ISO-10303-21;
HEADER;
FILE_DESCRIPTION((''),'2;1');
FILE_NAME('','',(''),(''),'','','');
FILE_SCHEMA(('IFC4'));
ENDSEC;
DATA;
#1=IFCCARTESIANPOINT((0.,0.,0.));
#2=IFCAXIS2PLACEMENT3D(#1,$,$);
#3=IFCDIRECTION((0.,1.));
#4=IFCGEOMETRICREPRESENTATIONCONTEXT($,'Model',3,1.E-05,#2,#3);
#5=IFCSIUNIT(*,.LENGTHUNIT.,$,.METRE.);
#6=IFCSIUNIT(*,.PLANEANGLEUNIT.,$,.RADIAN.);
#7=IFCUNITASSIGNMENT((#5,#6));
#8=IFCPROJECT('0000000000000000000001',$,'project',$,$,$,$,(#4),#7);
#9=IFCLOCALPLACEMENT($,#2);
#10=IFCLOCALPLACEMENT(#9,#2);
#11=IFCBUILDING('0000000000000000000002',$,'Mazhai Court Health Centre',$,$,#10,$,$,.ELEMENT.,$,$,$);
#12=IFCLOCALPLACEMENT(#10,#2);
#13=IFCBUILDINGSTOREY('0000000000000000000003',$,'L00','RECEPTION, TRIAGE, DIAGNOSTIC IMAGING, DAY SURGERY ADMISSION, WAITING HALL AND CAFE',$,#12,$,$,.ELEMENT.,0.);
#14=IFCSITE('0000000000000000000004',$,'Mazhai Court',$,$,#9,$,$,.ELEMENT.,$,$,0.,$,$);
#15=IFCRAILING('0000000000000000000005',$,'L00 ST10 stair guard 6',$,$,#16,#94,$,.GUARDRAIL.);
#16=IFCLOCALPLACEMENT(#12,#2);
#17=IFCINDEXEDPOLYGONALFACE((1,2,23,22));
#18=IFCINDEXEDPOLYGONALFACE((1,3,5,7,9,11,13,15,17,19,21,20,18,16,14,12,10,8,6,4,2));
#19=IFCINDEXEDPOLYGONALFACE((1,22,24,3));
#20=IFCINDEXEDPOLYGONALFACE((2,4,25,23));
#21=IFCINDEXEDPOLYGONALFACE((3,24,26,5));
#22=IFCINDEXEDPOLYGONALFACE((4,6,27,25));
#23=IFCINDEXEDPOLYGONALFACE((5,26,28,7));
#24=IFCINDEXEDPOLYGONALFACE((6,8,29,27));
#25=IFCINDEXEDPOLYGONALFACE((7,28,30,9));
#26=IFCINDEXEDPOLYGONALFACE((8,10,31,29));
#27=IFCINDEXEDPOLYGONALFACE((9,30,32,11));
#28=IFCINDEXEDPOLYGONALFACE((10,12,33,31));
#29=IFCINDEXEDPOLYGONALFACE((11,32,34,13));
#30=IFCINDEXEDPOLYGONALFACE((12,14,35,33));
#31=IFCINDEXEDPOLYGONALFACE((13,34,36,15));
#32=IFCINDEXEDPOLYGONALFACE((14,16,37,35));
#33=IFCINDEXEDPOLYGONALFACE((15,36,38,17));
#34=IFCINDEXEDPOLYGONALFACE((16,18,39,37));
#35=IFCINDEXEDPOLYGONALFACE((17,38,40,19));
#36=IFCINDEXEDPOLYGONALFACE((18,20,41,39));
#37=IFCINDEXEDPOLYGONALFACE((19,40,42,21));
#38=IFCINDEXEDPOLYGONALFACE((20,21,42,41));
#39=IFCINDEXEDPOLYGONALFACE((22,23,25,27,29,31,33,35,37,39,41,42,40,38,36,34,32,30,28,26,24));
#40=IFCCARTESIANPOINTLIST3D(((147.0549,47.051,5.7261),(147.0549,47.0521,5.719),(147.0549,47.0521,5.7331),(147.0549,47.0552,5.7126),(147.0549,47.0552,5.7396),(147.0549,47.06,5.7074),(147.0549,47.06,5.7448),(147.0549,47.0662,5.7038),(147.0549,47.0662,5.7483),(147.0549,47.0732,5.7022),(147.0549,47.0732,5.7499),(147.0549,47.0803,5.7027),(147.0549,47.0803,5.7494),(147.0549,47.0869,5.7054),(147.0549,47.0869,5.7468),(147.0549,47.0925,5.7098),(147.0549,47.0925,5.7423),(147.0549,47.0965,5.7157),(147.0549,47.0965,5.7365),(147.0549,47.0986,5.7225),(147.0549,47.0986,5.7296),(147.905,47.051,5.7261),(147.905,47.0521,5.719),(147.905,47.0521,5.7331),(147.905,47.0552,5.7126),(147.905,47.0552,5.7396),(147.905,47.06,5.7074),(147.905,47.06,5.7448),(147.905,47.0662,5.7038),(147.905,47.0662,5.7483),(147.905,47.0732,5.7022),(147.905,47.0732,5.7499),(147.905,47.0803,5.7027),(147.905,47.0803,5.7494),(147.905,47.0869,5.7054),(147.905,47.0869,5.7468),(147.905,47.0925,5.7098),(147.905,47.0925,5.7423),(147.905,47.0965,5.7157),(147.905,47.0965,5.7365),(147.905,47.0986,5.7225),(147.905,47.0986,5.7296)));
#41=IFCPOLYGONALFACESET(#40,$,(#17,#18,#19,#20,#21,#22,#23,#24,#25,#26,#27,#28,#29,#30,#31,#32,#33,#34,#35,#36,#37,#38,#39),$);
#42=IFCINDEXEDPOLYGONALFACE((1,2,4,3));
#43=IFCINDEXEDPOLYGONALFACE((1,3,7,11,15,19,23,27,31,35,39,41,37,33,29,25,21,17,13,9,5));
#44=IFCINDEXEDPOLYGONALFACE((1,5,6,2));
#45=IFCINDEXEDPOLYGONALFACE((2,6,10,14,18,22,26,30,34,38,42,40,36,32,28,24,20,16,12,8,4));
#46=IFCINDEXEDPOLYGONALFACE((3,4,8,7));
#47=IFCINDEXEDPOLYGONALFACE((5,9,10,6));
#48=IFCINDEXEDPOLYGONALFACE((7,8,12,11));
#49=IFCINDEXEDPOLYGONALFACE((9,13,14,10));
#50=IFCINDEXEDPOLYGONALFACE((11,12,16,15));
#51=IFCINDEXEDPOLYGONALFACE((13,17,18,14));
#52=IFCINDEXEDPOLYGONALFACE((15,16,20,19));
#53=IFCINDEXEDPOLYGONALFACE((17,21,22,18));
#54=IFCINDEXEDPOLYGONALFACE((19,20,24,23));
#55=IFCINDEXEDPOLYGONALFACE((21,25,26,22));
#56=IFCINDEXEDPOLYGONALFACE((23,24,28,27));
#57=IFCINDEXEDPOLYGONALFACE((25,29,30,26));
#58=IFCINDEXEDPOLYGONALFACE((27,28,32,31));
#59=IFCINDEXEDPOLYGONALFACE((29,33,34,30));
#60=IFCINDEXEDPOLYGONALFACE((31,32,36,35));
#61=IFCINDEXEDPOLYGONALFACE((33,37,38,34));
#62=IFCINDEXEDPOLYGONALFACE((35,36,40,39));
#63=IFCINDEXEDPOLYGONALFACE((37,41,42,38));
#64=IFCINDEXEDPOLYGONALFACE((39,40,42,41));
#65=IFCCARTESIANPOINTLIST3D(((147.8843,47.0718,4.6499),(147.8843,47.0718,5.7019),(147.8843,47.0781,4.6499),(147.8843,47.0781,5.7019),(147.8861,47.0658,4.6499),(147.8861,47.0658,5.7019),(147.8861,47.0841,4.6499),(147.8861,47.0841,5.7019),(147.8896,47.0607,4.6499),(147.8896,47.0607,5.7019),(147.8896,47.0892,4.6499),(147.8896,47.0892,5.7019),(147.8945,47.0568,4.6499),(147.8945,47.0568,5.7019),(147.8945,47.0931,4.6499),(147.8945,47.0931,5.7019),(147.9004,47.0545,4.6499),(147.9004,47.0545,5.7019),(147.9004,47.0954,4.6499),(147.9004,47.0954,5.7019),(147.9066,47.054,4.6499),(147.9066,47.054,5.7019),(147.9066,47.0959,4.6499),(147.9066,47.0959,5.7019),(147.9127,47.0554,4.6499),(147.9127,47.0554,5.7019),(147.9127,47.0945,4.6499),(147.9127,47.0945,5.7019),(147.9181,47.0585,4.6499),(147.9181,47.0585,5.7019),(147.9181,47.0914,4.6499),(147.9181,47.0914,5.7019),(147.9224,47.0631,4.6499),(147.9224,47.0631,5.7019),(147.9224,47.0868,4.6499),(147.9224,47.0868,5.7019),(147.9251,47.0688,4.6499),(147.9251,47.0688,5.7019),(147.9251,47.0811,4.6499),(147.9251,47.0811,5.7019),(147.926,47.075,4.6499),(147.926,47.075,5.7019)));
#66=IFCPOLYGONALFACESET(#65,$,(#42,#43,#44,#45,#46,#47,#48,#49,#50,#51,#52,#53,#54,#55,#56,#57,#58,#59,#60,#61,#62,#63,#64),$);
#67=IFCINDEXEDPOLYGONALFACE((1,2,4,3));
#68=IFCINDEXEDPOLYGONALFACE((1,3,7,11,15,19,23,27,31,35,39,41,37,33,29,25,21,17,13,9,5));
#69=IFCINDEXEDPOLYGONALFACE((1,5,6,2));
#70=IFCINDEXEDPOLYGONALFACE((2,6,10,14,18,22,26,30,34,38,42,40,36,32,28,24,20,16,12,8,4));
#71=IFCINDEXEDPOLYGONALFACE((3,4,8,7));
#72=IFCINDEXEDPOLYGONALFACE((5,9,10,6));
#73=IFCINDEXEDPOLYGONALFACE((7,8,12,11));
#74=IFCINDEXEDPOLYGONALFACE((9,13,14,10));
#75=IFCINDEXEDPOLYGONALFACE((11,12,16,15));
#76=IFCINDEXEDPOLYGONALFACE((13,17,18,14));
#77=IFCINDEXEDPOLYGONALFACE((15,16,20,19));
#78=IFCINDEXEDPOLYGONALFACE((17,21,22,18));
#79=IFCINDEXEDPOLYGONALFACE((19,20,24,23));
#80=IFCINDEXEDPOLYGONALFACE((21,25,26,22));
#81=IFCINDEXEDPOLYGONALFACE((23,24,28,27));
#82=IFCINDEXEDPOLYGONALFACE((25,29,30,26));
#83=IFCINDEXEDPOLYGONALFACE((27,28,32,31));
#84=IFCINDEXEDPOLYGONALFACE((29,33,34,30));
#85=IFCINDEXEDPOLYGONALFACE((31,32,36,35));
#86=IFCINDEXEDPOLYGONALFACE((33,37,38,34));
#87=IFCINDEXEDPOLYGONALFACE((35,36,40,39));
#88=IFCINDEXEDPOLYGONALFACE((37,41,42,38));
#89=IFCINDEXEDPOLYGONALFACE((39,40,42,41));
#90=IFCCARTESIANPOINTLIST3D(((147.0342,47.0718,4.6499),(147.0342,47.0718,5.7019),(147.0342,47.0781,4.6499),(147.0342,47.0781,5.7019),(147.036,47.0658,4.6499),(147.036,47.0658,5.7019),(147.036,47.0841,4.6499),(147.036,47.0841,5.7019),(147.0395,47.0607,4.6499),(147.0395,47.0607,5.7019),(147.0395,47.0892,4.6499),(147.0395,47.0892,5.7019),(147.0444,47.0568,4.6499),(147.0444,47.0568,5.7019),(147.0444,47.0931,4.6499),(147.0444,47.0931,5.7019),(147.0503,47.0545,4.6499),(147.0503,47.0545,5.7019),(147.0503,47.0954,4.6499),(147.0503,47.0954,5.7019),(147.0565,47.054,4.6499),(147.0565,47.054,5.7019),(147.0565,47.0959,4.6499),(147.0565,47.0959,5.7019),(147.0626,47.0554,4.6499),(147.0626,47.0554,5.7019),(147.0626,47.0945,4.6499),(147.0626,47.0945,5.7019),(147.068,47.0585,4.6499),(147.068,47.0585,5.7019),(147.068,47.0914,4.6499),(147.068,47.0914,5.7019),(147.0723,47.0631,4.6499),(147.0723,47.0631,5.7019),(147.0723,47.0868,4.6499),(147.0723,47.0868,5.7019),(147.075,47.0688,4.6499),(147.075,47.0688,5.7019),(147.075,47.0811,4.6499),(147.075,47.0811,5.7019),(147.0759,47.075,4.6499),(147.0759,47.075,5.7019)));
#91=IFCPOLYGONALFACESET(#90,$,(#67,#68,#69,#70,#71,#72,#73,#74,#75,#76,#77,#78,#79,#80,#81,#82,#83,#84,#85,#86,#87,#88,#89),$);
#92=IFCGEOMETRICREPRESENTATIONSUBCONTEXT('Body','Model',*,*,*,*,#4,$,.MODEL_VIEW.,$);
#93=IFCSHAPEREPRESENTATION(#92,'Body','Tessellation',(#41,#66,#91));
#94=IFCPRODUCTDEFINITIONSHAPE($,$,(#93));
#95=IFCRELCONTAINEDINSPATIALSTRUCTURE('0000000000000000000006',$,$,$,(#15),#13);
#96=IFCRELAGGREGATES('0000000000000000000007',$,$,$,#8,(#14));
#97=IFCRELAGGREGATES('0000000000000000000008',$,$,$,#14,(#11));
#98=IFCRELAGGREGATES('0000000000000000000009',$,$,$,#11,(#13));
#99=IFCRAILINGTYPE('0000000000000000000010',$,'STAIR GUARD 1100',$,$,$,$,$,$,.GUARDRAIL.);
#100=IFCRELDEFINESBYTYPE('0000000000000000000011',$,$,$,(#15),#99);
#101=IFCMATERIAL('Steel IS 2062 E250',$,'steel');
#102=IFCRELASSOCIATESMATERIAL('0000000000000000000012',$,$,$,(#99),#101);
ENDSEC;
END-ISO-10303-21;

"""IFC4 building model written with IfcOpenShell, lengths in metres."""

from ifc_helpers import new_model, si_unit, direction, frame, origin, origin_2d, place, context, subcontext, project, spatial, circle, extrude, material, type_object, element, save


model = new_model("IFC4")

# Units and contexts
model_context = context("Model", 3, precision=1e-05, world=origin(), true_north=direction((0.0, 1.0)))
body_context = subcontext(model_context, "Body", "Model", "MODEL_VIEW")
ifc_project = project(units=[si_unit("LENGTHUNIT", "METRE"), si_unit("PLANEANGLEUNIT", "RADIAN")], contexts=[model_context])

# Site, building, storey
site_placement = place(None, origin())
site = spatial("IfcSite", under=ifc_project, at=site_placement, Name="Mazhai Court", CompositionType="ELEMENT", RefElevation=0.0)
building_placement = place(site_placement, origin())
building = spatial("IfcBuilding", under=site, at=building_placement, Name="Mazhai Court Health Centre", CompositionType="ELEMENT")
storey_placement = place(building_placement, origin())
storey = spatial("IfcBuildingStorey", under=building, at=storey_placement, Name="L00", Description="RECEPTION, TRIAGE, DIAGNOSTIC IMAGING, DAY SURGERY ADMISSION, WAITING HALL AND CAFE", CompositionType="ELEMENT", Elevation=0.0)

# Railing
ifc_material_1 = material(Name="Steel IS 2062 E250", Category="steel")
railing_type_1 = type_object("IfcRailingType", Name="STAIR GUARD 1100", PredefinedType="GUARDRAIL", material=ifc_material_1)
railing_1_placement = place(storey_placement, frame((147.905, 47.075, 4.6499)))
element("IfcRailing", 1, at=railing_1_placement, inside=storey, type_object=railing_type_1, Name="L00 ST10 stair guard 6", PredefinedType="GUARDRAIL", context=body_context, shape_type="SweptSolid", body=[
    extrude(circle(Radius=0.0239, at=origin_2d()), frame((0.0, 0.0, 1.0762), z_axis=(-1.0, 0.0, 0.0), x_axis=(0.0, -1.0, 0.0)), (0.0, 0.0, 1.0), 0.8501),
    extrude(circle(Radius=0.021, at=origin_2d()), origin(), (0.0, 0.0, 1.0), 1.052),
    extrude(circle(Radius=0.021, at=origin_2d()), frame((-0.8501, 0.0, 0.0)), (0.0, 0.0, 1.0), 1.052),
])

save(model, "model.ifc")
